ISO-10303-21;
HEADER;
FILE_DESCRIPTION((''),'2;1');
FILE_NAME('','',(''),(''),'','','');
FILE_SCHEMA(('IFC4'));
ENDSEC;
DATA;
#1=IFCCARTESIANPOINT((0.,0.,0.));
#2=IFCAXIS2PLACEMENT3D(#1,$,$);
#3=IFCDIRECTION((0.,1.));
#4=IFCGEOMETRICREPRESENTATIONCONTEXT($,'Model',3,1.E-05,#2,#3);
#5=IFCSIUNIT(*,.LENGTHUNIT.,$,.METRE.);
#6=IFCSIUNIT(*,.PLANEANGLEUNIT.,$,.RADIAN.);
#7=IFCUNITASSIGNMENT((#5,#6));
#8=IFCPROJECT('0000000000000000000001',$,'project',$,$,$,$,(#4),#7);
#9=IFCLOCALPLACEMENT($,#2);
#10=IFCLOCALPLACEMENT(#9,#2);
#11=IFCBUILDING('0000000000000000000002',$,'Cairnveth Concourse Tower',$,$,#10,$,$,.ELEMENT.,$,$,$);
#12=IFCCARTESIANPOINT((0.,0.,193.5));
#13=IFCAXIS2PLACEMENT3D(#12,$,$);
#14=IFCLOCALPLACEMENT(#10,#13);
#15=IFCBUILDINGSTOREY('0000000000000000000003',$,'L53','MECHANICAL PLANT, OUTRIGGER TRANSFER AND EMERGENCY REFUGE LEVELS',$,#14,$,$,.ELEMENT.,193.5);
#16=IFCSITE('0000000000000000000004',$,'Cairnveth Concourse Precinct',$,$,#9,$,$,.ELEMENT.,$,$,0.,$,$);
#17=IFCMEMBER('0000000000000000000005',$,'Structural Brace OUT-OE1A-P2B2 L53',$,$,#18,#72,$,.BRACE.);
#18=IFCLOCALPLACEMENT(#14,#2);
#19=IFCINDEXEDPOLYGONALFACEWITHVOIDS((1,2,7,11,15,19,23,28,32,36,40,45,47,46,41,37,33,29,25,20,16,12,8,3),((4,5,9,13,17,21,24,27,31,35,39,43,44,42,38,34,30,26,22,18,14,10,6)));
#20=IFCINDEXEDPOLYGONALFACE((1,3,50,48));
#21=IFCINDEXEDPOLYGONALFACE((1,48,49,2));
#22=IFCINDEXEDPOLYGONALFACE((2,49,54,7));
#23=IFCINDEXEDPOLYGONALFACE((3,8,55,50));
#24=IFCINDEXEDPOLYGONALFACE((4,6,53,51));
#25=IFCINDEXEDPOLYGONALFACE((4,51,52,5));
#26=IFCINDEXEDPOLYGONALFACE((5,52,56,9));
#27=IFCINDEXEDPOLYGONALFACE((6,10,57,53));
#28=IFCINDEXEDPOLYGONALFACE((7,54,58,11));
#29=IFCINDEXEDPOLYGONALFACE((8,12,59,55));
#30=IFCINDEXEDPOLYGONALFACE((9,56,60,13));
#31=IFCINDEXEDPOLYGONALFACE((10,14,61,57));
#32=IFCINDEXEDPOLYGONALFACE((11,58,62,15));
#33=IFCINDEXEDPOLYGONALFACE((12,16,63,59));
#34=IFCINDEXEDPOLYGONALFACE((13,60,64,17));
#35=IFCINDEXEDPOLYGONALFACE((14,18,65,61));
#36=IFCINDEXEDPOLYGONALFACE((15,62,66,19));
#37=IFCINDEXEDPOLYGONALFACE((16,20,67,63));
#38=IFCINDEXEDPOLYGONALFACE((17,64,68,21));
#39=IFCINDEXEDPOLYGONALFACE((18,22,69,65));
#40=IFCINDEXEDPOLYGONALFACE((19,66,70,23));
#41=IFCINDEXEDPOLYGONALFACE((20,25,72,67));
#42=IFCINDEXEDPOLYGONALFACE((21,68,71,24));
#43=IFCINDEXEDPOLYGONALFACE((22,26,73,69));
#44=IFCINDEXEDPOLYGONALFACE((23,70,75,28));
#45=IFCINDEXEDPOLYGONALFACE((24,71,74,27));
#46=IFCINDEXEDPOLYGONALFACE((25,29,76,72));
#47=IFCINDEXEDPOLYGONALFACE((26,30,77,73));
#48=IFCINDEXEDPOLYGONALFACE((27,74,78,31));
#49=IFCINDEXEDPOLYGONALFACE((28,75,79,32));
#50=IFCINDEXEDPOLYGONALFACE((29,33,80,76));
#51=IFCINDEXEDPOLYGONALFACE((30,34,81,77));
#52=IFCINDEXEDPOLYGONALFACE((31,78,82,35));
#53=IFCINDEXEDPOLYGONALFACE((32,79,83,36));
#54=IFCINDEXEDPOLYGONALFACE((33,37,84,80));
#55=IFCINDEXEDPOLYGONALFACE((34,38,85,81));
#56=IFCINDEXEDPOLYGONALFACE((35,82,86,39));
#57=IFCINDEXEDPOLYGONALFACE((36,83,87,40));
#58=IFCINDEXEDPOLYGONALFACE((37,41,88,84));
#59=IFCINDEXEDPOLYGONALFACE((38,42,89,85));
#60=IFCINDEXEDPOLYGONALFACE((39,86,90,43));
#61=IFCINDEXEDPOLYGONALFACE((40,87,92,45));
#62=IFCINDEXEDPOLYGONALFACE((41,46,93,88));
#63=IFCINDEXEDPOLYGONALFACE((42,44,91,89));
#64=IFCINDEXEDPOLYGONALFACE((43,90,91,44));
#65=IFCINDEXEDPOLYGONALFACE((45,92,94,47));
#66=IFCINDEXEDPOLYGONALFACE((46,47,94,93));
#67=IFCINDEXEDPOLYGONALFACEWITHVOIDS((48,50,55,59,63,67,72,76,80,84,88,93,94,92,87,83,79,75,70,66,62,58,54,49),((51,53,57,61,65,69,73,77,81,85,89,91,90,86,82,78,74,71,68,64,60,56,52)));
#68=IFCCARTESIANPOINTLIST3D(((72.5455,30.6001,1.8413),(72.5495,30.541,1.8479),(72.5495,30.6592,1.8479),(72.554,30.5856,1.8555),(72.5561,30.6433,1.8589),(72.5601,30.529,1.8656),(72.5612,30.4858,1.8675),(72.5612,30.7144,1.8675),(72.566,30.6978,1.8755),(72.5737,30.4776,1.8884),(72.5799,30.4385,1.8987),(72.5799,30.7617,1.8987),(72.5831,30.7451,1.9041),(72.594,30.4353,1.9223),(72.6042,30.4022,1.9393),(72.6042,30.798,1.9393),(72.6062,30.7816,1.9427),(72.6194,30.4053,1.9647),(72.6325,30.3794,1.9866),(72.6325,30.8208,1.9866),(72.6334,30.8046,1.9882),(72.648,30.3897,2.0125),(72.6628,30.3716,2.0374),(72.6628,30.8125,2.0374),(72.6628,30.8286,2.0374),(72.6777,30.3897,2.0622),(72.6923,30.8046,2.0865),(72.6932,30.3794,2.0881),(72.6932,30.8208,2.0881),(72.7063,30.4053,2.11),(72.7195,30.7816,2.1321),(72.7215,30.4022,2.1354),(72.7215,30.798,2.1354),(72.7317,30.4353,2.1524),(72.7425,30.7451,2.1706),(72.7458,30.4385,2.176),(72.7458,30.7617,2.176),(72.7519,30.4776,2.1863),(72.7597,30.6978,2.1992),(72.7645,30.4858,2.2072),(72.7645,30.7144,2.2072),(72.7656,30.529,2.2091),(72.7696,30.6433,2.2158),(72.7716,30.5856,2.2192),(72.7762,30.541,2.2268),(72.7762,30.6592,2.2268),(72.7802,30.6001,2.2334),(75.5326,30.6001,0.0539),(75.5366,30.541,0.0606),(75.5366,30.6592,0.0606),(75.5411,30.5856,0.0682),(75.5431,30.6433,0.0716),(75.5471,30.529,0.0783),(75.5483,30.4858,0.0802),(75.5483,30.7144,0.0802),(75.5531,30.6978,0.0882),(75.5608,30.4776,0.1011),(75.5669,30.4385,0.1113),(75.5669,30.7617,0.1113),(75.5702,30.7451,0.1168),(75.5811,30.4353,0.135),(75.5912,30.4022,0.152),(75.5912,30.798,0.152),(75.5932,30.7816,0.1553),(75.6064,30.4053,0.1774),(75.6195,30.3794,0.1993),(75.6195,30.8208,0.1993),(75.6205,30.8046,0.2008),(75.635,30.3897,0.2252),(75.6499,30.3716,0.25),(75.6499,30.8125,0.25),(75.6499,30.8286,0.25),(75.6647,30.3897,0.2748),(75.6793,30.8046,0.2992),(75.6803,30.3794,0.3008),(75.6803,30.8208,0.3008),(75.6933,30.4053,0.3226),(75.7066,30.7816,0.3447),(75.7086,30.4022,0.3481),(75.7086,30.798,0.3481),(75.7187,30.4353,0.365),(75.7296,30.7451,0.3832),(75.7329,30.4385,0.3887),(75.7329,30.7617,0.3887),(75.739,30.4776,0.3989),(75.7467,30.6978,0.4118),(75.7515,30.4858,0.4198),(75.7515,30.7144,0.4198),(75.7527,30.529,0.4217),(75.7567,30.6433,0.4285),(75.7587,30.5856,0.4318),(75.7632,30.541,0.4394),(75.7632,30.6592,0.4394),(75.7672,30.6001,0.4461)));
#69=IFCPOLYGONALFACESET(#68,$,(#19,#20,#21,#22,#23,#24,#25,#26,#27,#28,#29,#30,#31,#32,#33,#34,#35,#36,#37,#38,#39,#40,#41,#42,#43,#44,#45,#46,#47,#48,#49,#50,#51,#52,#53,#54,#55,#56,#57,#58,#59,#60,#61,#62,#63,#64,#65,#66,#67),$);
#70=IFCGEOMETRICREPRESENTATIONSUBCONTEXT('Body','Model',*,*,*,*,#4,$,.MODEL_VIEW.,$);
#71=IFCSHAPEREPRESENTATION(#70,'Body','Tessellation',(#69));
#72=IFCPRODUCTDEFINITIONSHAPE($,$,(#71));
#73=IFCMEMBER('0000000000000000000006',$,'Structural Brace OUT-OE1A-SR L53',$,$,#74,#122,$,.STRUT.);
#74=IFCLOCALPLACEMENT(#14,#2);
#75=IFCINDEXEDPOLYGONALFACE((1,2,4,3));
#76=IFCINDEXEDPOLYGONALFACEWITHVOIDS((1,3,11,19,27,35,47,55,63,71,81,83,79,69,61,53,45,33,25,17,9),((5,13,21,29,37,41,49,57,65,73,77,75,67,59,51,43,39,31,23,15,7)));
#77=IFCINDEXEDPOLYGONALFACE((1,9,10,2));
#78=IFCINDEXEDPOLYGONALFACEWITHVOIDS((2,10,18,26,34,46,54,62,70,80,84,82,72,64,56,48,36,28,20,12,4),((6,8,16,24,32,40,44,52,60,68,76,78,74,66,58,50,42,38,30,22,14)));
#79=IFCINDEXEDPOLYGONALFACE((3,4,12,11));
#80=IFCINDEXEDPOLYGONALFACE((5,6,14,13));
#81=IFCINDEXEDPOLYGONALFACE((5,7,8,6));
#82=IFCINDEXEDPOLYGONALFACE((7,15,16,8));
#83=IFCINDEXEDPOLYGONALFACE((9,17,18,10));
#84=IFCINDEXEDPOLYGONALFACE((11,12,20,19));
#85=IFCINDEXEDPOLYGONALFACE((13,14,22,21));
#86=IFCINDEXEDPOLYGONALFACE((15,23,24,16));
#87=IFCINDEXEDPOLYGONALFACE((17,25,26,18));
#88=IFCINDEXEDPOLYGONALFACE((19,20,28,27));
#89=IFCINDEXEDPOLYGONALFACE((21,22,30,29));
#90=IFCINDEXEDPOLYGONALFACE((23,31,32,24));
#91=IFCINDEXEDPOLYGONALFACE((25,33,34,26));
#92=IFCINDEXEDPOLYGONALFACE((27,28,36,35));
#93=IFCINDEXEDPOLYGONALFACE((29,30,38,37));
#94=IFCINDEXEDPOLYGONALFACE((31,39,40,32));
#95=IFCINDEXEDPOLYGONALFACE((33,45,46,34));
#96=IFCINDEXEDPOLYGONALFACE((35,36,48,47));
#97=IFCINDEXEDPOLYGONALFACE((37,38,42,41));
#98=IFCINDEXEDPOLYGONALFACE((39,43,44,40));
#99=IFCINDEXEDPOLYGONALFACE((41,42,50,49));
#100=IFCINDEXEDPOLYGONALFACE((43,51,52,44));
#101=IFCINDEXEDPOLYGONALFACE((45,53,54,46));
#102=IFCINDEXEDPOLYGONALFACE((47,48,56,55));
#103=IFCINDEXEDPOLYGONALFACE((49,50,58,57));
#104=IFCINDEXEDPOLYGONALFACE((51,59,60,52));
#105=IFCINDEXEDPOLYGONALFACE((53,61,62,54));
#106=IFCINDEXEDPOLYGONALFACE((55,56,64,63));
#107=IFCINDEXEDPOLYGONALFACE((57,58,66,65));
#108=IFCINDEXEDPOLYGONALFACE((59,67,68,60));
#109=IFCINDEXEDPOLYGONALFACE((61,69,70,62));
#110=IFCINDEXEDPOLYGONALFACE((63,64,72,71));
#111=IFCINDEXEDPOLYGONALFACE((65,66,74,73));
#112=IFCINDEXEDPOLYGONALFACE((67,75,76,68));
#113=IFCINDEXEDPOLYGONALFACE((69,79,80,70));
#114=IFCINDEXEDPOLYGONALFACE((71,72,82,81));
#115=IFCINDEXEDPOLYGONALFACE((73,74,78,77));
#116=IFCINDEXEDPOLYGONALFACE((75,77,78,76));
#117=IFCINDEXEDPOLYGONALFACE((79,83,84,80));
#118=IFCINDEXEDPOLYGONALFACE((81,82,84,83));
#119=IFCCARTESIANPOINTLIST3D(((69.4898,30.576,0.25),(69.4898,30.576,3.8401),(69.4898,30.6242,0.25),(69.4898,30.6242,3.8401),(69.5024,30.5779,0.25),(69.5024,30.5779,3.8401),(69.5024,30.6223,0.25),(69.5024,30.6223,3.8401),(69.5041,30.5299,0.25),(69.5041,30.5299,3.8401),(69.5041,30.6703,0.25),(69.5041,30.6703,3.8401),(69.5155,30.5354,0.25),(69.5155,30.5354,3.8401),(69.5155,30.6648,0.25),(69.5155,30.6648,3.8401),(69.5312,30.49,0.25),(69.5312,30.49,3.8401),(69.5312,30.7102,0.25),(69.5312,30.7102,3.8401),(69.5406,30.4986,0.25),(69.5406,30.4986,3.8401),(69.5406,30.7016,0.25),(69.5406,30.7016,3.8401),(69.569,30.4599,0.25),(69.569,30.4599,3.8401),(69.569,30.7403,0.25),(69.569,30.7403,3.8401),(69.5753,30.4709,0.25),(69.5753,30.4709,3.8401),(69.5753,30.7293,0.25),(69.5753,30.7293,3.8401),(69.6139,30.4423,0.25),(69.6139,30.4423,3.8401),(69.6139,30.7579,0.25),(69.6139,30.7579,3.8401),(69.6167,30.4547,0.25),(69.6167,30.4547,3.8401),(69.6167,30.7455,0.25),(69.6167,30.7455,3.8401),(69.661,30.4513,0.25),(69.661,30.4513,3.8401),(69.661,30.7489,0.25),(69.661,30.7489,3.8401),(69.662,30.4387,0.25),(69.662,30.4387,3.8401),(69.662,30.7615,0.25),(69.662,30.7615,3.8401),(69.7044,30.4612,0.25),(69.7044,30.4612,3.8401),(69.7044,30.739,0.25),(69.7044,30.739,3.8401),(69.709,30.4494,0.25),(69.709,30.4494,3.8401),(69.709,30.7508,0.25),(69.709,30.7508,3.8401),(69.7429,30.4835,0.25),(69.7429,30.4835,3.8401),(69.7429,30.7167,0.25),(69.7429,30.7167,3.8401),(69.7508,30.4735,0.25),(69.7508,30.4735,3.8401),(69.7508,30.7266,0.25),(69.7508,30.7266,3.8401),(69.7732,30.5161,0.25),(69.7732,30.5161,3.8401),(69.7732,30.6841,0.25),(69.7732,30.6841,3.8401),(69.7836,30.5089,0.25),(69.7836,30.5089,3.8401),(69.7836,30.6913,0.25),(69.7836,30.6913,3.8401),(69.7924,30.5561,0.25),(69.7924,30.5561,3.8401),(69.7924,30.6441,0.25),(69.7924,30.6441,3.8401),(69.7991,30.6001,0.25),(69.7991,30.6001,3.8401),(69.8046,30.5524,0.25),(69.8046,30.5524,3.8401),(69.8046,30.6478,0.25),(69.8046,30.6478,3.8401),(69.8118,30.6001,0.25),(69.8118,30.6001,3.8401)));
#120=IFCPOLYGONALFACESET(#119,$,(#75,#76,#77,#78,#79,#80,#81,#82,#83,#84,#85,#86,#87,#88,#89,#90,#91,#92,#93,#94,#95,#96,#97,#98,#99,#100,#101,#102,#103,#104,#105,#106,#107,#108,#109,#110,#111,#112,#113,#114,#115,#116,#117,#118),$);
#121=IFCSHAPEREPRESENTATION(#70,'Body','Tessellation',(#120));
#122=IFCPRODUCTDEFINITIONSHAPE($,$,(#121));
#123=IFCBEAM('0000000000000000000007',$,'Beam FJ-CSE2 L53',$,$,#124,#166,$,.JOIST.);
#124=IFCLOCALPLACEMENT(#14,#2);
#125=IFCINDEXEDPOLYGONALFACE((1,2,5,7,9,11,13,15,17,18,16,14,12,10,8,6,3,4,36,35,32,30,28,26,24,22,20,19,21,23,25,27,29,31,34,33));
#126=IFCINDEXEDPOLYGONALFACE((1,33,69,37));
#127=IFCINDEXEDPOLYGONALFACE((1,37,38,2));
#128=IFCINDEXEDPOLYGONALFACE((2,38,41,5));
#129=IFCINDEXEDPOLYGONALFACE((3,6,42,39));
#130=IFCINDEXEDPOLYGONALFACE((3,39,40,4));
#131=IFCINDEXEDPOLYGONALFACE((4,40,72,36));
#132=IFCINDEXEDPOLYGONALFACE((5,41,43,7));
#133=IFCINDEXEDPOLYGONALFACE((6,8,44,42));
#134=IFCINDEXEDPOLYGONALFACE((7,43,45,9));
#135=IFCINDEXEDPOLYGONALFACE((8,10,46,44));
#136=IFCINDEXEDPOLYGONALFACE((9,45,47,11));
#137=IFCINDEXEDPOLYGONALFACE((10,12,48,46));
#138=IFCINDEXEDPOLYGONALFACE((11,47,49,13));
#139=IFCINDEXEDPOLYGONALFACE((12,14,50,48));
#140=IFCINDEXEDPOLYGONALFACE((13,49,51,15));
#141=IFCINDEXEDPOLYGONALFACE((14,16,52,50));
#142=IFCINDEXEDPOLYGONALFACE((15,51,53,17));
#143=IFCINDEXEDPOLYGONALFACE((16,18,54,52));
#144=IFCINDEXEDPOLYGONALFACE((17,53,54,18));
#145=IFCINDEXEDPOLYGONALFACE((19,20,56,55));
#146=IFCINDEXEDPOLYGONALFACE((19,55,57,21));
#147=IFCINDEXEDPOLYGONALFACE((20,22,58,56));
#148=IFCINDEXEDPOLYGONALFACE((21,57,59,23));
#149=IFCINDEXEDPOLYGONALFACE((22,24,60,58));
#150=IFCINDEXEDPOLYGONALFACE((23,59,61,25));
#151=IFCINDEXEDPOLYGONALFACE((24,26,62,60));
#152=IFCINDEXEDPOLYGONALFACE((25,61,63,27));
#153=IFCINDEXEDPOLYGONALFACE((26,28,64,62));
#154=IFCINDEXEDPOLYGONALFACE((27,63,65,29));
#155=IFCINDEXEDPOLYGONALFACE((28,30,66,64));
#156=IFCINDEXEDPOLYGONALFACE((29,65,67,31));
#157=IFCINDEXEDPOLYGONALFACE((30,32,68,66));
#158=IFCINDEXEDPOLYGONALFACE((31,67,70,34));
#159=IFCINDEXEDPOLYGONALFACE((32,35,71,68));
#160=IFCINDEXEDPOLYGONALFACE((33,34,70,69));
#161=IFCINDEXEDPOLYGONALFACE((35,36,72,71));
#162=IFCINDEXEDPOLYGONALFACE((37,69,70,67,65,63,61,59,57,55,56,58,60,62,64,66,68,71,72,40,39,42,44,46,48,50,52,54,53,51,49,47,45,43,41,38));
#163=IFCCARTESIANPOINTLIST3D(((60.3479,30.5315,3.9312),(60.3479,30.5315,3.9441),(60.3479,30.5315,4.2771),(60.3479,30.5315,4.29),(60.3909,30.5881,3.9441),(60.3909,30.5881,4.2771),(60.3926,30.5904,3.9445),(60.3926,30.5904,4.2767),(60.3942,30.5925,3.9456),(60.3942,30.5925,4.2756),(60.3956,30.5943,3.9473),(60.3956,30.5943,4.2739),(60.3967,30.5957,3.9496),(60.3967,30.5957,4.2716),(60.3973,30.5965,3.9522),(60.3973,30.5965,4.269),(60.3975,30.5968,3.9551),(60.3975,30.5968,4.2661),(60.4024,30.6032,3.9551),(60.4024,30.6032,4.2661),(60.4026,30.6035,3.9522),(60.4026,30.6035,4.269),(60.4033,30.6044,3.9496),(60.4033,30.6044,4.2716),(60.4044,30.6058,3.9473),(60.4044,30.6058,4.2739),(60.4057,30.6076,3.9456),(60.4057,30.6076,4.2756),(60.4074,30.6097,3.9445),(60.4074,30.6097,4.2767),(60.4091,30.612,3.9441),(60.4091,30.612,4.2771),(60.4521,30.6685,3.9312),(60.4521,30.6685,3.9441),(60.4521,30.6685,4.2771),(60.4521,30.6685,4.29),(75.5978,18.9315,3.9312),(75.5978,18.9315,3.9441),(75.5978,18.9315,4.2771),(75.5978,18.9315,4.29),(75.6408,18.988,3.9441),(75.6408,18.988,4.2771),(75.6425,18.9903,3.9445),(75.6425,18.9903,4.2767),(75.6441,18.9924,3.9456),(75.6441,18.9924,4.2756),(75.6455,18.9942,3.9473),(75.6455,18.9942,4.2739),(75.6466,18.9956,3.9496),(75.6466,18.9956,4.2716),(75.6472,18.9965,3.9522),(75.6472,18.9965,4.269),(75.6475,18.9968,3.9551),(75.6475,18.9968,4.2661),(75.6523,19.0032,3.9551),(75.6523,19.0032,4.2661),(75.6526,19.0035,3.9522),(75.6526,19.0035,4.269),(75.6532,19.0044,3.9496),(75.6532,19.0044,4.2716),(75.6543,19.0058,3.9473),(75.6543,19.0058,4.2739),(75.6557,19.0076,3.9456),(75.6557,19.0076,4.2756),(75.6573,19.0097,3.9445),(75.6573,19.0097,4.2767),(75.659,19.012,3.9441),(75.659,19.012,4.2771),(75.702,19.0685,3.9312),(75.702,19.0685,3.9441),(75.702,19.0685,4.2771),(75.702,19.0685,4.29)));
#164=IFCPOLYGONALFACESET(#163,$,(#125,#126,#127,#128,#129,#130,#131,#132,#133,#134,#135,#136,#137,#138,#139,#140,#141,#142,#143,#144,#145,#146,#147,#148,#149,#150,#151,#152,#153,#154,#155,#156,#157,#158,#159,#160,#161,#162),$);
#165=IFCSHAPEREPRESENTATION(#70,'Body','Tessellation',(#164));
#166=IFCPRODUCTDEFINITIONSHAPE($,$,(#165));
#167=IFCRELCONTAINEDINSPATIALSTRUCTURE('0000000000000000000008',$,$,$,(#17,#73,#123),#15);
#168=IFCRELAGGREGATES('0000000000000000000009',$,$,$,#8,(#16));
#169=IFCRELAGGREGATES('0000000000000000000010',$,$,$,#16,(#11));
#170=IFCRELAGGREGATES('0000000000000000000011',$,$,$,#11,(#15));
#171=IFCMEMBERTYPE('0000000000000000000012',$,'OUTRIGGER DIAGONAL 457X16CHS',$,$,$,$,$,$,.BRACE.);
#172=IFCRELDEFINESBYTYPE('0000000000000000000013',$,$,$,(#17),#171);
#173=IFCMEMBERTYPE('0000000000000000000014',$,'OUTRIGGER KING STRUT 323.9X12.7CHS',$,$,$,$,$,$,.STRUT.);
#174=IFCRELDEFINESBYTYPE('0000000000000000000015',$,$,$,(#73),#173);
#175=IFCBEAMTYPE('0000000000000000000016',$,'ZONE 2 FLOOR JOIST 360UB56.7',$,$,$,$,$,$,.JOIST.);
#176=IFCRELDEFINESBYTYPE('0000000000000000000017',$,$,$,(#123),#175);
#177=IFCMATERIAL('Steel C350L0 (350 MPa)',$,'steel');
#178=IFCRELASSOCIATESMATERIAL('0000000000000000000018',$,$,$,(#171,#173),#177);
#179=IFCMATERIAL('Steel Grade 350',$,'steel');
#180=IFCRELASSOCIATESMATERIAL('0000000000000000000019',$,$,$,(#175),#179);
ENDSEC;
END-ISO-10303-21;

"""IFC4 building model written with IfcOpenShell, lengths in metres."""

from ifc_helpers import new_model, si_unit, direction, frame, origin, origin_2d, place, context, subcontext, project, spatial, hollow_circle, i_section, extrude, material, material_profile, profile_set, type_object, element, save


model = new_model("IFC4")

# Units and contexts
model_context = context("Model", 3, precision=1e-05, world=origin(), true_north=direction((0.0, 1.0)))
body_context = subcontext(model_context, "Body", "Model", "MODEL_VIEW")
ifc_project = project(units=[si_unit("LENGTHUNIT", "METRE"), si_unit("PLANEANGLEUNIT", "RADIAN")], contexts=[model_context])

# Site, building, storey
site_placement = place(None, origin())
site = spatial("IfcSite", under=ifc_project, at=site_placement, Name="Cairnveth Concourse Precinct", CompositionType="ELEMENT", RefElevation=0.0)
building_placement = place(site_placement, origin())
building = spatial("IfcBuilding", under=site, at=building_placement, Name="Cairnveth Concourse Tower", CompositionType="ELEMENT")
storey_placement = place(building_placement, frame((0.0, 0.0, 193.5)))
storey = spatial("IfcBuildingStorey", under=building, at=storey_placement, Name="L53", Description="MECHANICAL PLANT, OUTRIGGER TRANSFER AND EMERGENCY REFUGE LEVELS", CompositionType="ELEMENT", Elevation=193.5)

# Shared definitions
ifc_material_1 = material(Name="Steel Grade 350", Category="steel")

# Shared definitions
ifc_material_2 = material(Name="Steel C350L0 (350 MPa)", Category="steel")

# Members
ifc_material_profile_1 = material_profile(ifc_material_2, hollow_circle(Radius=0.2285, WallThickness=0.0161, at=origin_2d()), Name="457.0x16.0CHS")
ifc_profile_set_1 = profile_set([ifc_material_profile_1], Name="Steel C350L0 (350 MPa)")
member_type_1 = type_object("IfcMemberType", Name="OUTRIGGER DIAGONAL 457X16CHS", PredefinedType="BRACE", material=ifc_profile_set_1)
member_1_placement = place(storey_placement, frame((72.6628, 30.6001, 2.0374), z_axis=(0.858111, 0.0, -0.513464), x_axis=(0.0, 1.0, 0.0)))
element("IfcMember", 1, at=member_1_placement, inside=storey, type_object=member_type_1, Name="Structural Brace OUT-OE1A-P2B2 L53", PredefinedType="BRACE", context=body_context, shape_type="SweptSolid", body=[
    extrude(hollow_circle(Radius=0.2285, WallThickness=0.0161, at=origin_2d()), origin(), (0.0, 0.0, 1.0), 3.481),
])
ifc_material_profile_2 = material_profile(ifc_material_2, hollow_circle(Radius=0.1619, WallThickness=0.0127, at=origin_2d()), Name="323.9x12.7CHS")
ifc_profile_set_2 = profile_set([ifc_material_profile_2], Name="Steel C350L0 (350 MPa)")
member_type_2 = type_object("IfcMemberType", Name="OUTRIGGER KING STRUT 323.9X12.7CHS", PredefinedType="STRUT", material=ifc_profile_set_2)
member_2_placement = place(storey_placement, frame((69.6499, 30.6001, 0.25), z_axis=(0.0, 0.0, 1.0), x_axis=(1.0, 0.0, 0.0)))
element("IfcMember", 2, at=member_2_placement, inside=storey, type_object=member_type_2, Name="Structural Brace OUT-OE1A-SR L53", PredefinedType="STRUT", context=body_context, shape_type="SweptSolid", body=[
    extrude(hollow_circle(Radius=0.1619, WallThickness=0.0127, at=origin_2d()), origin(), (0.0, 0.0, 1.0), 3.5901),
])

# Beam
ifc_material_profile_3 = material_profile(ifc_material_1, i_section(OverallWidth=0.1721, OverallDepth=0.3589, WebThickness=0.0081, FlangeThickness=0.0129, FilletRadius=0.011, at=origin_2d()), Name="360UB56.7")
ifc_profile_set_3 = profile_set([ifc_material_profile_3], Name="Steel Grade 350")
beam_type_1 = type_object("IfcBeamType", Name="ZONE 2 FLOOR JOIST 360UB56.7", PredefinedType="JOIST", material=ifc_profile_set_3)
beam_1_placement = place(storey_placement, frame((75.6499, 19.0, 4.1106), z_axis=(-0.795908, 0.605417, 0.0), x_axis=(-0.605417, -0.795908, 0.0)))
element("IfcBeam", 3, at=beam_1_placement, inside=storey, type_object=beam_type_1, Name="Beam FJ-CSE2 L53", PredefinedType="JOIST", context=body_context, shape_type="SweptSolid", body=[
    extrude(i_section(OverallWidth=0.1721, OverallDepth=0.3589, WebThickness=0.0081, FlangeThickness=0.0129, FilletRadius=0.011, at=origin_2d()), origin(), (0.0, 0.0, 1.0), 19.1604),
])

save(model, "model.ifc")
